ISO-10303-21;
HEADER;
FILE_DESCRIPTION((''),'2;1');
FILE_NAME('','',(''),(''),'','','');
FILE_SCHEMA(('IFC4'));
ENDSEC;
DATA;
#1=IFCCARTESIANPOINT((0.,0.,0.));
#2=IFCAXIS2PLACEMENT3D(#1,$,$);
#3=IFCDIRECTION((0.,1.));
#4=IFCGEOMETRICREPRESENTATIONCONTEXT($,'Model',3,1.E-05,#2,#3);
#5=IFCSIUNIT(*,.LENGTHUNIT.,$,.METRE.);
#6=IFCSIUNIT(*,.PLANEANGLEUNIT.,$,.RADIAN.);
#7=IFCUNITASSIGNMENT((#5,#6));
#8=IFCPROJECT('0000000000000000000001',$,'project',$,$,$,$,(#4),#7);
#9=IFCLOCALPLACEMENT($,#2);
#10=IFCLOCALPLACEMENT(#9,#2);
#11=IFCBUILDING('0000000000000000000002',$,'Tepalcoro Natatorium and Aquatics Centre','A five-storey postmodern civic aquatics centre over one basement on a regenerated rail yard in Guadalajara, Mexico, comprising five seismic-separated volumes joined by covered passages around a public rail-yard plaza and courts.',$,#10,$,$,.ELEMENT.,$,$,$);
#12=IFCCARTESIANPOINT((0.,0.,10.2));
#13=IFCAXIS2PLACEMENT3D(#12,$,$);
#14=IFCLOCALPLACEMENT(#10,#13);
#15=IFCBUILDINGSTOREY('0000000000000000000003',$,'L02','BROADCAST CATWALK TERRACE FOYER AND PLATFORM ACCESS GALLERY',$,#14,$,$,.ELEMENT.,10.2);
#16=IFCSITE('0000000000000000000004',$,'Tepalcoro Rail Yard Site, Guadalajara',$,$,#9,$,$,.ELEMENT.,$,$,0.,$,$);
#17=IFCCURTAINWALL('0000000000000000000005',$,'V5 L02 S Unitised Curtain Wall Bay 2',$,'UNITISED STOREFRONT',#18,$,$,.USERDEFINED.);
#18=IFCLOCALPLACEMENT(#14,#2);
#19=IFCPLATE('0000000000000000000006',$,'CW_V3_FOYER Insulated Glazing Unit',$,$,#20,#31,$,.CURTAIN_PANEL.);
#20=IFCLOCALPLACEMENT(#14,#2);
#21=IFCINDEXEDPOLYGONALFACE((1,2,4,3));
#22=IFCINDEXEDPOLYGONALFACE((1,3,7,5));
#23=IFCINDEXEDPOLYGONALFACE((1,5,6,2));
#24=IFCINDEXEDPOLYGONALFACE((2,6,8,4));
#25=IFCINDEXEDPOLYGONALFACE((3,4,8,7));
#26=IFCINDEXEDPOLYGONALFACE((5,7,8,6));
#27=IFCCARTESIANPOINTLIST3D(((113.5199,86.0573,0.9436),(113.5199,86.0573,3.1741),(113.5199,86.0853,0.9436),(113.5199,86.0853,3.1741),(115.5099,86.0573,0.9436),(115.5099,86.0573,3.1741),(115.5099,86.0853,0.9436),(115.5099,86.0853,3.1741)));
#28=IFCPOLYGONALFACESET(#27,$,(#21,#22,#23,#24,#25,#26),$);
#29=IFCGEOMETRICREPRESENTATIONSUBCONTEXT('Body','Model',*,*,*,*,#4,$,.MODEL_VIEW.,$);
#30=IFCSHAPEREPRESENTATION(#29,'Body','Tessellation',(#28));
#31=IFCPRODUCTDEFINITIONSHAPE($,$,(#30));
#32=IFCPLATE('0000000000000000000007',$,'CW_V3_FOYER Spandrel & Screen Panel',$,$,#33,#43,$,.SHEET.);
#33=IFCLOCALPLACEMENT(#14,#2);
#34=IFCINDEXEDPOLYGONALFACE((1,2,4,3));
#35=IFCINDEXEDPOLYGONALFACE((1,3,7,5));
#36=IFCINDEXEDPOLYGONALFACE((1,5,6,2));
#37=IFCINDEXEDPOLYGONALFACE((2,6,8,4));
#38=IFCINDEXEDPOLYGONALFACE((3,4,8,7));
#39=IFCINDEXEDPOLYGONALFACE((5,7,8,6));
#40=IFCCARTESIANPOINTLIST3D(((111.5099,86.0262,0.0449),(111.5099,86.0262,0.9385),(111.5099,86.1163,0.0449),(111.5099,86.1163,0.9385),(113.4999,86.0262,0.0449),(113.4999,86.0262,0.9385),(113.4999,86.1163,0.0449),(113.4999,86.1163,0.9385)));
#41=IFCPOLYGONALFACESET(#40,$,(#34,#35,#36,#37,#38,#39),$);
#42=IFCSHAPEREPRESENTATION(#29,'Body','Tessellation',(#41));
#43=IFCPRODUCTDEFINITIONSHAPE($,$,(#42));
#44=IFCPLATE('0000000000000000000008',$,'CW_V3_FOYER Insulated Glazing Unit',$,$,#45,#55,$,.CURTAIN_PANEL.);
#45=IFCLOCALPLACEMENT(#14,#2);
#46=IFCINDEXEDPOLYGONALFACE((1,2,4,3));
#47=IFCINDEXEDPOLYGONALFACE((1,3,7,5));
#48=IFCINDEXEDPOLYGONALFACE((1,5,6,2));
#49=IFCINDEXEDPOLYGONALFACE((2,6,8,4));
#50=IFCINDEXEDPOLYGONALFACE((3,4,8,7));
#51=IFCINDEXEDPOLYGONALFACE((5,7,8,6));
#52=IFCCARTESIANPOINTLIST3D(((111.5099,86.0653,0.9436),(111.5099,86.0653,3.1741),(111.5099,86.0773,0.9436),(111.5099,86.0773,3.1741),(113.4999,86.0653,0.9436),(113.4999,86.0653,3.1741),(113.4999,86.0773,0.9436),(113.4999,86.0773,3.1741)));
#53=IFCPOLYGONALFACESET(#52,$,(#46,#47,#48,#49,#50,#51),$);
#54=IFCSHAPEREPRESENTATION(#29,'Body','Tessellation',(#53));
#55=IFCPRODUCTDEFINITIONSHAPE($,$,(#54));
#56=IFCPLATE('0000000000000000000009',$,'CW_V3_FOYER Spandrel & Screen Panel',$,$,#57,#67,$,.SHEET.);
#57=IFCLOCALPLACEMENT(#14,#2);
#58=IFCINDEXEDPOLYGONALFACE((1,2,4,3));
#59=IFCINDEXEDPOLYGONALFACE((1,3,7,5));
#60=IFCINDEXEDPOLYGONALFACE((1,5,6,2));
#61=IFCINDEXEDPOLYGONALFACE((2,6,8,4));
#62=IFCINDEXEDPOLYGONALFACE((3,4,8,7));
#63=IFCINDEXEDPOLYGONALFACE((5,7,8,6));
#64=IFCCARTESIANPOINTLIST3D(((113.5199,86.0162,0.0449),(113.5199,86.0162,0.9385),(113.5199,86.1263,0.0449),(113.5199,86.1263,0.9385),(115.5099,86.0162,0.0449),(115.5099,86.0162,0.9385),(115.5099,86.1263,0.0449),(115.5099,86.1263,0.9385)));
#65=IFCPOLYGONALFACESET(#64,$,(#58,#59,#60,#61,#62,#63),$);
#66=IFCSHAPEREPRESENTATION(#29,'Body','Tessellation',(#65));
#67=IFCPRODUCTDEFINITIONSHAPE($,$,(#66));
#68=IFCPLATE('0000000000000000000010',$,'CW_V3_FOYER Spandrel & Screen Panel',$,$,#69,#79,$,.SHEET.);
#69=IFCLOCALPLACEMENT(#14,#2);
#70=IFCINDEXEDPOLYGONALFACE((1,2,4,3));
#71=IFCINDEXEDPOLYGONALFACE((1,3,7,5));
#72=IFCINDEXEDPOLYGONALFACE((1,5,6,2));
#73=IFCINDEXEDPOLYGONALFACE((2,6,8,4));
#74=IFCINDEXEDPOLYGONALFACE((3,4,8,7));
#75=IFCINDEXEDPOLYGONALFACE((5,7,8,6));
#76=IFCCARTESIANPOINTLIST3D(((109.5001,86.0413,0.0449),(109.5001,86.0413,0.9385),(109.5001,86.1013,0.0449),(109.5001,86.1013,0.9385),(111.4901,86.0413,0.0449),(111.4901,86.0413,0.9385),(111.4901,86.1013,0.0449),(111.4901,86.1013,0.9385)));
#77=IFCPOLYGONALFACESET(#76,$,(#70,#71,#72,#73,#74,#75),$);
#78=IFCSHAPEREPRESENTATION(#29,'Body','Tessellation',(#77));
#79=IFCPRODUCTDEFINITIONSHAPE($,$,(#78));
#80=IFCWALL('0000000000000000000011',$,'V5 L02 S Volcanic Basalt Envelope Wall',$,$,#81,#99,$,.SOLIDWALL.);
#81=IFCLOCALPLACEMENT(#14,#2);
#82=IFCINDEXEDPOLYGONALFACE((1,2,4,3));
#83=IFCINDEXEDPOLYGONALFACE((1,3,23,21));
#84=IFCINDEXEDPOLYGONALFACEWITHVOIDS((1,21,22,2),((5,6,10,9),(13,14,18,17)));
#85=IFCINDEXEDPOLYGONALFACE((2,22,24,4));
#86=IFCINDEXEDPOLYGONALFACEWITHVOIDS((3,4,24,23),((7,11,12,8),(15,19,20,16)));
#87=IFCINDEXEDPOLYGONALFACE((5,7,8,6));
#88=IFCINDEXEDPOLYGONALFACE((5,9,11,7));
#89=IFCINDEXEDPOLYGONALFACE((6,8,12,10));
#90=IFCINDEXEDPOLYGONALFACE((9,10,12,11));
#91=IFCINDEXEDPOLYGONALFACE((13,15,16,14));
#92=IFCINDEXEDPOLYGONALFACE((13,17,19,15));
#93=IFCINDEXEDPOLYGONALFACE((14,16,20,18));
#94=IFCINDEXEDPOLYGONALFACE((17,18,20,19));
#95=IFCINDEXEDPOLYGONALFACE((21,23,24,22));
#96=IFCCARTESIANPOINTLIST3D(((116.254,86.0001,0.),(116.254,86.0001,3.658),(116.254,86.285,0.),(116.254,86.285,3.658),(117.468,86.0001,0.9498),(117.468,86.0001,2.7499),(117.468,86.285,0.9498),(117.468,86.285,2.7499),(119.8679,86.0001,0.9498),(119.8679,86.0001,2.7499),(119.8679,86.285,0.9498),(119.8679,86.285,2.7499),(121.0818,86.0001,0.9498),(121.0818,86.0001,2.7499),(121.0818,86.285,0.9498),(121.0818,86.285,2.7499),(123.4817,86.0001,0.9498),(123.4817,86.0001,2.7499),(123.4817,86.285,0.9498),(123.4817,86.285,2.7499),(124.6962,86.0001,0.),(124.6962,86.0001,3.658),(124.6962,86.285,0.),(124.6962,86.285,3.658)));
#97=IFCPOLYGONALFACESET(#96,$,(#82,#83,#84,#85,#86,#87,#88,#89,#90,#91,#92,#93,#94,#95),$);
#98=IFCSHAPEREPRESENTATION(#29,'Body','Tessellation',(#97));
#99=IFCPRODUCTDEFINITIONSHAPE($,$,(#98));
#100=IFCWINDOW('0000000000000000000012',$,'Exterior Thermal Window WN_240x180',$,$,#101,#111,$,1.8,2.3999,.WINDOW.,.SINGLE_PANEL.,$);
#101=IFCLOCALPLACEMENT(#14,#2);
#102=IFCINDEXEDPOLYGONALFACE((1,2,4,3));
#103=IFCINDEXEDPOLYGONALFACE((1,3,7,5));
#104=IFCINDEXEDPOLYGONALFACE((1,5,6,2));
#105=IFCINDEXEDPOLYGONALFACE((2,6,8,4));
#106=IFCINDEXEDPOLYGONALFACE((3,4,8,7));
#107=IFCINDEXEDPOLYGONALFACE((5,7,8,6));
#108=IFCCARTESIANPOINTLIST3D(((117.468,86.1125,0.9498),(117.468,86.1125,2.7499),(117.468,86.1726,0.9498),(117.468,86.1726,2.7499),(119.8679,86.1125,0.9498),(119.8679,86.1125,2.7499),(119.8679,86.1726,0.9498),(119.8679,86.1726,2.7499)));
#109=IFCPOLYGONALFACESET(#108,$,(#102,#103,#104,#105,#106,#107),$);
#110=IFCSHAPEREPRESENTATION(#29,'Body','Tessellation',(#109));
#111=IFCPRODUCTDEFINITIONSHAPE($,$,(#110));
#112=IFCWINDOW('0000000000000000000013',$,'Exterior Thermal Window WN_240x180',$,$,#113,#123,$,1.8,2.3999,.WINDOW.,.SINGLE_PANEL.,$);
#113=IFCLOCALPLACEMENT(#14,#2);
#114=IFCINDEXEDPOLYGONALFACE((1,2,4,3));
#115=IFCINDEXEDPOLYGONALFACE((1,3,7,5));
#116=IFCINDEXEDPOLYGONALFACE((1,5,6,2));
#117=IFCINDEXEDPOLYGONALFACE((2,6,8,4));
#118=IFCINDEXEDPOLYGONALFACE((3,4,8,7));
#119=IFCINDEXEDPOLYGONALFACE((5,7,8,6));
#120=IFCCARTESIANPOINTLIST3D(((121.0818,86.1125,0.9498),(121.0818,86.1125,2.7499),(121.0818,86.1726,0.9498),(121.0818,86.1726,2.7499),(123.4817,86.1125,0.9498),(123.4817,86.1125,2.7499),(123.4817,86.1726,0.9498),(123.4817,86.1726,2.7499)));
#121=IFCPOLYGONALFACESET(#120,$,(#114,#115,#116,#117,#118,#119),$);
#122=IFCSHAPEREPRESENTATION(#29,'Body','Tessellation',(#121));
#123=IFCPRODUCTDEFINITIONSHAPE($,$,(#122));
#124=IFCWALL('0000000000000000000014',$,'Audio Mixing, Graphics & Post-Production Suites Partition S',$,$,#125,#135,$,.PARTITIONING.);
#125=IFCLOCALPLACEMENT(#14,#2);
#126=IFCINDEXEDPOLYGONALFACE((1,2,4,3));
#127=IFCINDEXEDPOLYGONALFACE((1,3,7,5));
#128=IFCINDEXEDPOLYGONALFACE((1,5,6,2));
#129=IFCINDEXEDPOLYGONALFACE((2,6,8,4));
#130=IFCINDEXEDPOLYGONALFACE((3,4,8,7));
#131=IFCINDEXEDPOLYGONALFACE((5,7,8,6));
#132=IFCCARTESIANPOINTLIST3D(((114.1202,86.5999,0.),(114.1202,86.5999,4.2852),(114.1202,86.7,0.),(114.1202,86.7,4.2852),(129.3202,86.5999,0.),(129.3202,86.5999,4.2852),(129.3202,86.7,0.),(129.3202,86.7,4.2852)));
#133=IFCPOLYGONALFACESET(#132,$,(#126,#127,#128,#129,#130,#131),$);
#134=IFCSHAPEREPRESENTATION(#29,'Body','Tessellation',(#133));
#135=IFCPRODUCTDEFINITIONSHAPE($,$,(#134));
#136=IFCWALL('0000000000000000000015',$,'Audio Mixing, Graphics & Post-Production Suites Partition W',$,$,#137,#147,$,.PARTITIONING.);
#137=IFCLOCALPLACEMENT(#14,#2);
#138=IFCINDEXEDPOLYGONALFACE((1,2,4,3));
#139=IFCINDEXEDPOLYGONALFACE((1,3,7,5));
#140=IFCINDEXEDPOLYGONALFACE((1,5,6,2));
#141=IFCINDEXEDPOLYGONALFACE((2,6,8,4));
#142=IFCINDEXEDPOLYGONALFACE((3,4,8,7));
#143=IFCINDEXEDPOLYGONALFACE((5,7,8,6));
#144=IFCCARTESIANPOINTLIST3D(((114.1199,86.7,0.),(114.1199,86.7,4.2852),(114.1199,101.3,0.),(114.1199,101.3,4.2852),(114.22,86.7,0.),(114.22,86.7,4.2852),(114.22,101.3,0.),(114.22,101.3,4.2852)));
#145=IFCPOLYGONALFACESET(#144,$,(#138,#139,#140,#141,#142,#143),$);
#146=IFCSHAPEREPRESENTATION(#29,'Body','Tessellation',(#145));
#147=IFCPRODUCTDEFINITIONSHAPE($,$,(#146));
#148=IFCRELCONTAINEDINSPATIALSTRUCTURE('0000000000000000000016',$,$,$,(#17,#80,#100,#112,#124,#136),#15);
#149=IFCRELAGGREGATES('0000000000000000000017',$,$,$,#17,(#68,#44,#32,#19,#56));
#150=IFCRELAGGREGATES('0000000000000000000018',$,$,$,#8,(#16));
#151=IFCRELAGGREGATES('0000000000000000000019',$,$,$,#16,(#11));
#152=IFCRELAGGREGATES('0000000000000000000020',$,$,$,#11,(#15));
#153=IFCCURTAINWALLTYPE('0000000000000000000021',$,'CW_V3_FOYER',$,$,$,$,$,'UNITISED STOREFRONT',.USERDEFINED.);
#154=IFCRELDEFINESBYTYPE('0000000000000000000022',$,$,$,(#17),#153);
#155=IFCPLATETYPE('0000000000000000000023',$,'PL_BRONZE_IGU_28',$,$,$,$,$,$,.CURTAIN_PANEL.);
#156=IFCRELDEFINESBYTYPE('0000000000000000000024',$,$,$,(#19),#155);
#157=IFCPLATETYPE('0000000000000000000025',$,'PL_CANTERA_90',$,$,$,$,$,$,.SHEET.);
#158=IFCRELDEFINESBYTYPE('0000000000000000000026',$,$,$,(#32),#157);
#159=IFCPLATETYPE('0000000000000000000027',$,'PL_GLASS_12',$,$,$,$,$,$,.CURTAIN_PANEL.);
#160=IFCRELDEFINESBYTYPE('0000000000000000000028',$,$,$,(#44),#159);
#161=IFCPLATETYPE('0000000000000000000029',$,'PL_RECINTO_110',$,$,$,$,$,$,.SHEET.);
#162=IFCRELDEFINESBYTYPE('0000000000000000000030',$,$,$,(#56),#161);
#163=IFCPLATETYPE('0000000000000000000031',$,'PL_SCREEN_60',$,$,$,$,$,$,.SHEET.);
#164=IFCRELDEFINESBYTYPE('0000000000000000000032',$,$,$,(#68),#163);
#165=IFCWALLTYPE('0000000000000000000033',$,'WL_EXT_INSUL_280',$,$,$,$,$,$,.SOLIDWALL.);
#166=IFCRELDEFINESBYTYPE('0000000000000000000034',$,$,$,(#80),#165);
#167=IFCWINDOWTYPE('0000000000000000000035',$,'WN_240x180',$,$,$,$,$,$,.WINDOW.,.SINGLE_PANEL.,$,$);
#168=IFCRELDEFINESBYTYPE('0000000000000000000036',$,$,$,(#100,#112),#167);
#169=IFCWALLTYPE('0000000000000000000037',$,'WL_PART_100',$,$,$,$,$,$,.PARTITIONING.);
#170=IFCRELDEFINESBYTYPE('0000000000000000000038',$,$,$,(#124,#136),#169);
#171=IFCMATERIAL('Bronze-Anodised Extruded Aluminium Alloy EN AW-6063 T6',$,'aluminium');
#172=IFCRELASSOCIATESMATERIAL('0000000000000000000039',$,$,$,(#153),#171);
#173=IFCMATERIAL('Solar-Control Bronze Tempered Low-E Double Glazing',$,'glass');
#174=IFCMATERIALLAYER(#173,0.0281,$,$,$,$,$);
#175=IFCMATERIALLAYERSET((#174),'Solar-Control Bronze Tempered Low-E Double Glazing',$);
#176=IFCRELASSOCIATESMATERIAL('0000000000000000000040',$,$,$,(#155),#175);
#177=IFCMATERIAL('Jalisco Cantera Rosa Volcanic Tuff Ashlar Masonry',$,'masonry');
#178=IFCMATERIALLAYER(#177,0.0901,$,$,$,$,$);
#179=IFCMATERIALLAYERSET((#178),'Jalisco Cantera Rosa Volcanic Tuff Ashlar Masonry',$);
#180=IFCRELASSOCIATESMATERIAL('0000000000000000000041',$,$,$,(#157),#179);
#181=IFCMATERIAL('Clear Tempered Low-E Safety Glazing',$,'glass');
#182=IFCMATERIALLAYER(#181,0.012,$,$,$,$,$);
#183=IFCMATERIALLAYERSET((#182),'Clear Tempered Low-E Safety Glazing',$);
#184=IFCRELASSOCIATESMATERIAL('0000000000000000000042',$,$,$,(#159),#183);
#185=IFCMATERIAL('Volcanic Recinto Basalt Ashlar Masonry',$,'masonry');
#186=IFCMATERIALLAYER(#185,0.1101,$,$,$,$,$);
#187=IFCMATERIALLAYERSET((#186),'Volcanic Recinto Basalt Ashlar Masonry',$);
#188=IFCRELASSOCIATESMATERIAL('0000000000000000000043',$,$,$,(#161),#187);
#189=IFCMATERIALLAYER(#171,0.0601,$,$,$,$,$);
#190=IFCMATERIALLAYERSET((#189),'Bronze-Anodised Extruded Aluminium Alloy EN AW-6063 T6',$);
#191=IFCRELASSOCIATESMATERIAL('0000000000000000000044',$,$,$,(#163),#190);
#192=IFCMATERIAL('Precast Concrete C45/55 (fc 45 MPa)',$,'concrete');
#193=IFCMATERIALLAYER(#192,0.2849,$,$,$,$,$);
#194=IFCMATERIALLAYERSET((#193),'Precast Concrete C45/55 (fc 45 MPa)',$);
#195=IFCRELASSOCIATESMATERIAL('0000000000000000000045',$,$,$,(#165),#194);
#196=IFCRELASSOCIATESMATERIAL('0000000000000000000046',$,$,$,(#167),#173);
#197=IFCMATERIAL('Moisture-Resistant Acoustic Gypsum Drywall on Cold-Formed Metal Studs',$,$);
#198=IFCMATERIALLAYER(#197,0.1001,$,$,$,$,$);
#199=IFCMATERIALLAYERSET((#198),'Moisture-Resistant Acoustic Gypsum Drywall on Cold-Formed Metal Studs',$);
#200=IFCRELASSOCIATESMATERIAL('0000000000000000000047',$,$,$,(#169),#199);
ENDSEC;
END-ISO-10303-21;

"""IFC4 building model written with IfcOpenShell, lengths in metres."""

from ifc_helpers import new_model, si_unit, direction, frame, frame_2d, origin, origin_2d, place, context, subcontext, project, spatial, rectangle, extrude, material, layer, layer_set, type_object, element, fill, aggregate, save


model = new_model("IFC4")

# Units and contexts
model_context = context("Model", 3, precision=1e-05, world=origin(), true_north=direction((0.0, 1.0)))
body_context = subcontext(model_context, "Body", "Model", "MODEL_VIEW")
ifc_project = project(units=[si_unit("LENGTHUNIT", "METRE"), si_unit("PLANEANGLEUNIT", "RADIAN")], contexts=[model_context])

# Site, building, storey
site_placement = place(None, origin())
site = spatial("IfcSite", under=ifc_project, at=site_placement, Name="Tepalcoro Rail Yard Site, Guadalajara", CompositionType="ELEMENT", RefElevation=0.0)
building_placement = place(site_placement, origin())
building = spatial("IfcBuilding", under=site, at=building_placement, Name="Tepalcoro Natatorium and Aquatics Centre", Description="A five-storey postmodern civic aquatics centre over one basement on a regenerated rail yard in Guadalajara, Mexico, comprising five seismic-separated volumes joined by covered passages around a public rail-yard plaza and courts.", CompositionType="ELEMENT")
storey_placement = place(building_placement, frame((0.0, 0.0, 10.2)))
storey = spatial("IfcBuildingStorey", under=building, at=storey_placement, Name="L02", Description="BROADCAST CATWALK TERRACE FOYER AND PLATFORM ACCESS GALLERY", CompositionType="ELEMENT", Elevation=10.2)

# Curtain wall
ifc_material_1 = material(Name="Bronze-Anodised Extruded Aluminium Alloy EN AW-6063 T6", Category="aluminium")
curtain_wall_type = type_object("IfcCurtainWallType", Name="CW_V3_FOYER", ElementType="UNITISED STOREFRONT", PredefinedType="USERDEFINED", material=ifc_material_1)
curtain_wall_placement = place(storey_placement, origin())
curtain_wall = element("IfcCurtainWall", 1, at=curtain_wall_placement, inside=storey, type_object=curtain_wall_type, Name="V5 L02 S Unitised Curtain Wall Bay 2", ObjectType="UNITISED STOREFRONT", PredefinedType="USERDEFINED")

# Plates
ifc_material_2 = material(Name="Solar-Control Bronze Tempered Low-E Double Glazing", Category="glass")
ifc_layer_1 = layer(ifc_material_2, 0.0281)
ifc_layer_set_1 = layer_set([ifc_layer_1], Name="Solar-Control Bronze Tempered Low-E Double Glazing")
plate_type_1 = type_object("IfcPlateType", Name="PL_BRONZE_IGU_28", PredefinedType="CURTAIN_PANEL", material=ifc_layer_set_1)
plate_1_placement = place(storey_placement, frame((114.5149, 86.0713, 0.9436), z_axis=(0.0, 0.0, 1.0), x_axis=(1.0, 0.0, 0.0)))
plate_1 = element("IfcPlate", 2, at=plate_1_placement, type_object=plate_type_1, Name="CW_V3_FOYER Insulated Glazing Unit", PredefinedType="CURTAIN_PANEL", context=body_context, shape_type="SweptSolid", body=[
    extrude(rectangle(XDim=1.99, YDim=0.0281, at=origin_2d()), origin(), (0.0, 0.0, 1.0), 2.2305),
])
ifc_material_3 = material(Name="Jalisco Cantera Rosa Volcanic Tuff Ashlar Masonry", Category="masonry")
ifc_layer_2 = layer(ifc_material_3, 0.0901)
ifc_layer_set_2 = layer_set([ifc_layer_2], Name="Jalisco Cantera Rosa Volcanic Tuff Ashlar Masonry")
plate_type_2 = type_object("IfcPlateType", Name="PL_CANTERA_90", PredefinedType="SHEET", material=ifc_layer_set_2)
plate_2_placement = place(storey_placement, frame((112.5049, 86.0713, 0.0449), z_axis=(0.0, 0.0, 1.0), x_axis=(1.0, 0.0, 0.0)))
plate_2 = element("IfcPlate", 3, at=plate_2_placement, type_object=plate_type_2, Name="CW_V3_FOYER Spandrel & Screen Panel", PredefinedType="SHEET", context=body_context, shape_type="SweptSolid", body=[
    extrude(rectangle(XDim=1.99, YDim=0.0901, at=origin_2d()), origin(), (0.0, 0.0, 1.0), 0.8936),
])
ifc_material_4 = material(Name="Clear Tempered Low-E Safety Glazing", Category="glass")
ifc_layer_3 = layer(ifc_material_4, 0.012)
ifc_layer_set_3 = layer_set([ifc_layer_3], Name="Clear Tempered Low-E Safety Glazing")
plate_type_3 = type_object("IfcPlateType", Name="PL_GLASS_12", PredefinedType="CURTAIN_PANEL", material=ifc_layer_set_3)
plate_3_placement = place(storey_placement, frame((112.5049, 86.0713, 0.9436), z_axis=(0.0, 0.0, 1.0), x_axis=(1.0, 0.0, 0.0)))
plate_3 = element("IfcPlate", 4, at=plate_3_placement, type_object=plate_type_3, Name="CW_V3_FOYER Insulated Glazing Unit", PredefinedType="CURTAIN_PANEL", context=body_context, shape_type="SweptSolid", body=[
    extrude(rectangle(XDim=1.99, YDim=0.012, at=origin_2d()), origin(), (0.0, 0.0, 1.0), 2.2305),
])
ifc_material_5 = material(Name="Volcanic Recinto Basalt Ashlar Masonry", Category="masonry")
ifc_layer_4 = layer(ifc_material_5, 0.1101)
ifc_layer_set_4 = layer_set([ifc_layer_4], Name="Volcanic Recinto Basalt Ashlar Masonry")
plate_type_4 = type_object("IfcPlateType", Name="PL_RECINTO_110", PredefinedType="SHEET", material=ifc_layer_set_4)
plate_4_placement = place(storey_placement, frame((114.5149, 86.0713, 0.0449), z_axis=(0.0, 0.0, 1.0), x_axis=(1.0, 0.0, 0.0)))
plate_4 = element("IfcPlate", 5, at=plate_4_placement, type_object=plate_type_4, Name="CW_V3_FOYER Spandrel & Screen Panel", PredefinedType="SHEET", context=body_context, shape_type="SweptSolid", body=[
    extrude(rectangle(XDim=1.99, YDim=0.1101, at=origin_2d()), origin(), (0.0, 0.0, 1.0), 0.8936),
])
ifc_layer_5 = layer(ifc_material_1, 0.0601)
ifc_layer_set_5 = layer_set([ifc_layer_5], Name="Bronze-Anodised Extruded Aluminium Alloy EN AW-6063 T6")
plate_type_5 = type_object("IfcPlateType", Name="PL_SCREEN_60", PredefinedType="SHEET", material=ifc_layer_set_5)
plate_5_placement = place(storey_placement, frame((110.4951, 86.0713, 0.0449), z_axis=(0.0, 0.0, 1.0), x_axis=(1.0, 0.0, 0.0)))
plate_5 = element("IfcPlate", 6, at=plate_5_placement, type_object=plate_type_5, Name="CW_V3_FOYER Spandrel & Screen Panel", PredefinedType="SHEET", context=body_context, shape_type="SweptSolid", body=[
    extrude(rectangle(XDim=1.99, YDim=0.0601, at=origin_2d()), origin(), (0.0, 0.0, 1.0), 0.8936),
])
aggregate(curtain_wall, [plate_5, plate_3, plate_2, plate_1, plate_4])

# Wall, openings, windows
ifc_material_6 = material(Name="Precast Concrete C45/55 (fc 45 MPa)", Category="concrete")
ifc_layer_6 = layer(ifc_material_6, 0.2849)
ifc_layer_set_6 = layer_set([ifc_layer_6], Name="Precast Concrete C45/55 (fc 45 MPa)")
wall_type_1 = type_object("IfcWallType", Name="WL_EXT_INSUL_280", PredefinedType="SOLIDWALL", material=ifc_layer_set_6)
wall_1_placement = place(storey_placement, frame((116.2539, 86.1426, 0.0), z_axis=(0.0, 0.0, 1.0), x_axis=(1.0, 0.0, 0.0)))
wall_1 = element("IfcWall", 7, at=wall_1_placement, inside=storey, type_object=wall_type_1, Name="V5 L02 S Volcanic Basalt Envelope Wall", PredefinedType="SOLIDWALL", context=body_context, shape_type="SweptSolid", body=[
    extrude(rectangle(XDim=8.4421, YDim=0.2849, at=frame_2d((4.2212, 0.0))), origin(), (0.0, 0.0, 1.0), 3.658),
])
opening_1_placement = place(wall_1_placement, frame((1.2141, 0.0, 0.95)))
opening_1 = element("IfcOpeningElement", 8, at=opening_1_placement, cuts=wall_1, PredefinedType="OPENING", context=body_context, shape_type="SweptSolid", body=[
    extrude(rectangle(XDim=2.3999, YDim=1.8, at=frame_2d((1.2, 0.8999))), frame((0.0, 0.1543, 0.0), z_axis=(0.0, -1.0, 0.0), x_axis=(1.0, 0.0, 0.0)), (0.0, 0.0, 1.0), 0.3088),
])
opening_2_placement = place(wall_1_placement, frame((4.8279, 0.0, 0.95)))
opening_2 = element("IfcOpeningElement", 9, at=opening_2_placement, cuts=wall_1, PredefinedType="OPENING", context=body_context, shape_type="SweptSolid", body=[
    extrude(rectangle(XDim=2.3999, YDim=1.8, at=frame_2d((1.2, 0.8999))), frame((0.0, 0.1543, 0.0), z_axis=(0.0, -1.0, 0.0), x_axis=(1.0, 0.0, 0.0)), (0.0, 0.0, 1.0), 0.3088),
])
window_type = type_object("IfcWindowType", Name="WN_240x180", PartitioningType="SINGLE_PANEL", PredefinedType="WINDOW", material=ifc_material_2)
window_1_placement = place(opening_1_placement, origin())
window_1 = element("IfcWindow", 10, at=window_1_placement, inside=storey, type_object=window_type, Name="Exterior Thermal Window WN_240x180", OverallHeight=1.8, OverallWidth=2.3999, PartitioningType="SINGLE_PANEL", PredefinedType="WINDOW", context=body_context, shape_type="SweptSolid", body=[
    extrude(rectangle(XDim=2.3999, YDim=1.8, at=frame_2d((1.2, 0.8999))), frame((0.0, 0.03, 0.0), z_axis=(0.0, -1.0, 0.0), x_axis=(1.0, 0.0, 0.0)), (0.0, 0.0, 1.0), 0.0601),
])
fill(opening_1, window_1)
window_2_placement = place(opening_2_placement, origin())
window_2 = element("IfcWindow", 11, at=window_2_placement, inside=storey, type_object=window_type, Name="Exterior Thermal Window WN_240x180", OverallHeight=1.8, OverallWidth=2.3999, PartitioningType="SINGLE_PANEL", PredefinedType="WINDOW", context=body_context, shape_type="SweptSolid", body=[
    extrude(rectangle(XDim=2.3999, YDim=1.8, at=frame_2d((1.2, 0.8999))), frame((0.0, 0.03, 0.0), z_axis=(0.0, -1.0, 0.0), x_axis=(1.0, 0.0, 0.0)), (0.0, 0.0, 1.0), 0.0601),
])
fill(opening_2, window_2)

# Walls
ifc_material_7 = material(Name="Moisture-Resistant Acoustic Gypsum Drywall on Cold-Formed Metal Studs")
ifc_layer_7 = layer(ifc_material_7, 0.1001)
ifc_layer_set_7 = layer_set([ifc_layer_7], Name="Moisture-Resistant Acoustic Gypsum Drywall on Cold-Formed Metal Studs")
wall_type_2 = type_object("IfcWallType", Name="WL_PART_100", PredefinedType="PARTITIONING", material=ifc_layer_set_7)
wall_2_placement = place(storey_placement, frame((114.1201, 86.6499, 0.0), z_axis=(0.0, 0.0, 1.0), x_axis=(1.0, 0.0, 0.0)))
element("IfcWall", 12, at=wall_2_placement, inside=storey, type_object=wall_type_2, Name="Audio Mixing, Graphics & Post-Production Suites Partition S", PredefinedType="PARTITIONING", context=body_context, shape_type="SweptSolid", body=[
    extrude(rectangle(XDim=15.2, YDim=0.1001, at=frame_2d((7.6001, 0.0))), origin(), (0.0, 0.0, 1.0), 4.2852),
])
wall_3_placement = place(storey_placement, frame((114.1699, 86.7, 0.0), z_axis=(0.0, 0.0, 1.0), x_axis=(0.0, 1.0, 0.0)))
element("IfcWall", 13, at=wall_3_placement, inside=storey, type_object=wall_type_2, Name="Audio Mixing, Graphics & Post-Production Suites Partition W", PredefinedType="PARTITIONING", context=body_context, shape_type="SweptSolid", body=[
    extrude(rectangle(XDim=14.6001, YDim=0.1001, at=frame_2d((7.3, 0.0))), origin(), (0.0, 0.0, 1.0), 4.2852),
])

save(model, "model.ifc")
